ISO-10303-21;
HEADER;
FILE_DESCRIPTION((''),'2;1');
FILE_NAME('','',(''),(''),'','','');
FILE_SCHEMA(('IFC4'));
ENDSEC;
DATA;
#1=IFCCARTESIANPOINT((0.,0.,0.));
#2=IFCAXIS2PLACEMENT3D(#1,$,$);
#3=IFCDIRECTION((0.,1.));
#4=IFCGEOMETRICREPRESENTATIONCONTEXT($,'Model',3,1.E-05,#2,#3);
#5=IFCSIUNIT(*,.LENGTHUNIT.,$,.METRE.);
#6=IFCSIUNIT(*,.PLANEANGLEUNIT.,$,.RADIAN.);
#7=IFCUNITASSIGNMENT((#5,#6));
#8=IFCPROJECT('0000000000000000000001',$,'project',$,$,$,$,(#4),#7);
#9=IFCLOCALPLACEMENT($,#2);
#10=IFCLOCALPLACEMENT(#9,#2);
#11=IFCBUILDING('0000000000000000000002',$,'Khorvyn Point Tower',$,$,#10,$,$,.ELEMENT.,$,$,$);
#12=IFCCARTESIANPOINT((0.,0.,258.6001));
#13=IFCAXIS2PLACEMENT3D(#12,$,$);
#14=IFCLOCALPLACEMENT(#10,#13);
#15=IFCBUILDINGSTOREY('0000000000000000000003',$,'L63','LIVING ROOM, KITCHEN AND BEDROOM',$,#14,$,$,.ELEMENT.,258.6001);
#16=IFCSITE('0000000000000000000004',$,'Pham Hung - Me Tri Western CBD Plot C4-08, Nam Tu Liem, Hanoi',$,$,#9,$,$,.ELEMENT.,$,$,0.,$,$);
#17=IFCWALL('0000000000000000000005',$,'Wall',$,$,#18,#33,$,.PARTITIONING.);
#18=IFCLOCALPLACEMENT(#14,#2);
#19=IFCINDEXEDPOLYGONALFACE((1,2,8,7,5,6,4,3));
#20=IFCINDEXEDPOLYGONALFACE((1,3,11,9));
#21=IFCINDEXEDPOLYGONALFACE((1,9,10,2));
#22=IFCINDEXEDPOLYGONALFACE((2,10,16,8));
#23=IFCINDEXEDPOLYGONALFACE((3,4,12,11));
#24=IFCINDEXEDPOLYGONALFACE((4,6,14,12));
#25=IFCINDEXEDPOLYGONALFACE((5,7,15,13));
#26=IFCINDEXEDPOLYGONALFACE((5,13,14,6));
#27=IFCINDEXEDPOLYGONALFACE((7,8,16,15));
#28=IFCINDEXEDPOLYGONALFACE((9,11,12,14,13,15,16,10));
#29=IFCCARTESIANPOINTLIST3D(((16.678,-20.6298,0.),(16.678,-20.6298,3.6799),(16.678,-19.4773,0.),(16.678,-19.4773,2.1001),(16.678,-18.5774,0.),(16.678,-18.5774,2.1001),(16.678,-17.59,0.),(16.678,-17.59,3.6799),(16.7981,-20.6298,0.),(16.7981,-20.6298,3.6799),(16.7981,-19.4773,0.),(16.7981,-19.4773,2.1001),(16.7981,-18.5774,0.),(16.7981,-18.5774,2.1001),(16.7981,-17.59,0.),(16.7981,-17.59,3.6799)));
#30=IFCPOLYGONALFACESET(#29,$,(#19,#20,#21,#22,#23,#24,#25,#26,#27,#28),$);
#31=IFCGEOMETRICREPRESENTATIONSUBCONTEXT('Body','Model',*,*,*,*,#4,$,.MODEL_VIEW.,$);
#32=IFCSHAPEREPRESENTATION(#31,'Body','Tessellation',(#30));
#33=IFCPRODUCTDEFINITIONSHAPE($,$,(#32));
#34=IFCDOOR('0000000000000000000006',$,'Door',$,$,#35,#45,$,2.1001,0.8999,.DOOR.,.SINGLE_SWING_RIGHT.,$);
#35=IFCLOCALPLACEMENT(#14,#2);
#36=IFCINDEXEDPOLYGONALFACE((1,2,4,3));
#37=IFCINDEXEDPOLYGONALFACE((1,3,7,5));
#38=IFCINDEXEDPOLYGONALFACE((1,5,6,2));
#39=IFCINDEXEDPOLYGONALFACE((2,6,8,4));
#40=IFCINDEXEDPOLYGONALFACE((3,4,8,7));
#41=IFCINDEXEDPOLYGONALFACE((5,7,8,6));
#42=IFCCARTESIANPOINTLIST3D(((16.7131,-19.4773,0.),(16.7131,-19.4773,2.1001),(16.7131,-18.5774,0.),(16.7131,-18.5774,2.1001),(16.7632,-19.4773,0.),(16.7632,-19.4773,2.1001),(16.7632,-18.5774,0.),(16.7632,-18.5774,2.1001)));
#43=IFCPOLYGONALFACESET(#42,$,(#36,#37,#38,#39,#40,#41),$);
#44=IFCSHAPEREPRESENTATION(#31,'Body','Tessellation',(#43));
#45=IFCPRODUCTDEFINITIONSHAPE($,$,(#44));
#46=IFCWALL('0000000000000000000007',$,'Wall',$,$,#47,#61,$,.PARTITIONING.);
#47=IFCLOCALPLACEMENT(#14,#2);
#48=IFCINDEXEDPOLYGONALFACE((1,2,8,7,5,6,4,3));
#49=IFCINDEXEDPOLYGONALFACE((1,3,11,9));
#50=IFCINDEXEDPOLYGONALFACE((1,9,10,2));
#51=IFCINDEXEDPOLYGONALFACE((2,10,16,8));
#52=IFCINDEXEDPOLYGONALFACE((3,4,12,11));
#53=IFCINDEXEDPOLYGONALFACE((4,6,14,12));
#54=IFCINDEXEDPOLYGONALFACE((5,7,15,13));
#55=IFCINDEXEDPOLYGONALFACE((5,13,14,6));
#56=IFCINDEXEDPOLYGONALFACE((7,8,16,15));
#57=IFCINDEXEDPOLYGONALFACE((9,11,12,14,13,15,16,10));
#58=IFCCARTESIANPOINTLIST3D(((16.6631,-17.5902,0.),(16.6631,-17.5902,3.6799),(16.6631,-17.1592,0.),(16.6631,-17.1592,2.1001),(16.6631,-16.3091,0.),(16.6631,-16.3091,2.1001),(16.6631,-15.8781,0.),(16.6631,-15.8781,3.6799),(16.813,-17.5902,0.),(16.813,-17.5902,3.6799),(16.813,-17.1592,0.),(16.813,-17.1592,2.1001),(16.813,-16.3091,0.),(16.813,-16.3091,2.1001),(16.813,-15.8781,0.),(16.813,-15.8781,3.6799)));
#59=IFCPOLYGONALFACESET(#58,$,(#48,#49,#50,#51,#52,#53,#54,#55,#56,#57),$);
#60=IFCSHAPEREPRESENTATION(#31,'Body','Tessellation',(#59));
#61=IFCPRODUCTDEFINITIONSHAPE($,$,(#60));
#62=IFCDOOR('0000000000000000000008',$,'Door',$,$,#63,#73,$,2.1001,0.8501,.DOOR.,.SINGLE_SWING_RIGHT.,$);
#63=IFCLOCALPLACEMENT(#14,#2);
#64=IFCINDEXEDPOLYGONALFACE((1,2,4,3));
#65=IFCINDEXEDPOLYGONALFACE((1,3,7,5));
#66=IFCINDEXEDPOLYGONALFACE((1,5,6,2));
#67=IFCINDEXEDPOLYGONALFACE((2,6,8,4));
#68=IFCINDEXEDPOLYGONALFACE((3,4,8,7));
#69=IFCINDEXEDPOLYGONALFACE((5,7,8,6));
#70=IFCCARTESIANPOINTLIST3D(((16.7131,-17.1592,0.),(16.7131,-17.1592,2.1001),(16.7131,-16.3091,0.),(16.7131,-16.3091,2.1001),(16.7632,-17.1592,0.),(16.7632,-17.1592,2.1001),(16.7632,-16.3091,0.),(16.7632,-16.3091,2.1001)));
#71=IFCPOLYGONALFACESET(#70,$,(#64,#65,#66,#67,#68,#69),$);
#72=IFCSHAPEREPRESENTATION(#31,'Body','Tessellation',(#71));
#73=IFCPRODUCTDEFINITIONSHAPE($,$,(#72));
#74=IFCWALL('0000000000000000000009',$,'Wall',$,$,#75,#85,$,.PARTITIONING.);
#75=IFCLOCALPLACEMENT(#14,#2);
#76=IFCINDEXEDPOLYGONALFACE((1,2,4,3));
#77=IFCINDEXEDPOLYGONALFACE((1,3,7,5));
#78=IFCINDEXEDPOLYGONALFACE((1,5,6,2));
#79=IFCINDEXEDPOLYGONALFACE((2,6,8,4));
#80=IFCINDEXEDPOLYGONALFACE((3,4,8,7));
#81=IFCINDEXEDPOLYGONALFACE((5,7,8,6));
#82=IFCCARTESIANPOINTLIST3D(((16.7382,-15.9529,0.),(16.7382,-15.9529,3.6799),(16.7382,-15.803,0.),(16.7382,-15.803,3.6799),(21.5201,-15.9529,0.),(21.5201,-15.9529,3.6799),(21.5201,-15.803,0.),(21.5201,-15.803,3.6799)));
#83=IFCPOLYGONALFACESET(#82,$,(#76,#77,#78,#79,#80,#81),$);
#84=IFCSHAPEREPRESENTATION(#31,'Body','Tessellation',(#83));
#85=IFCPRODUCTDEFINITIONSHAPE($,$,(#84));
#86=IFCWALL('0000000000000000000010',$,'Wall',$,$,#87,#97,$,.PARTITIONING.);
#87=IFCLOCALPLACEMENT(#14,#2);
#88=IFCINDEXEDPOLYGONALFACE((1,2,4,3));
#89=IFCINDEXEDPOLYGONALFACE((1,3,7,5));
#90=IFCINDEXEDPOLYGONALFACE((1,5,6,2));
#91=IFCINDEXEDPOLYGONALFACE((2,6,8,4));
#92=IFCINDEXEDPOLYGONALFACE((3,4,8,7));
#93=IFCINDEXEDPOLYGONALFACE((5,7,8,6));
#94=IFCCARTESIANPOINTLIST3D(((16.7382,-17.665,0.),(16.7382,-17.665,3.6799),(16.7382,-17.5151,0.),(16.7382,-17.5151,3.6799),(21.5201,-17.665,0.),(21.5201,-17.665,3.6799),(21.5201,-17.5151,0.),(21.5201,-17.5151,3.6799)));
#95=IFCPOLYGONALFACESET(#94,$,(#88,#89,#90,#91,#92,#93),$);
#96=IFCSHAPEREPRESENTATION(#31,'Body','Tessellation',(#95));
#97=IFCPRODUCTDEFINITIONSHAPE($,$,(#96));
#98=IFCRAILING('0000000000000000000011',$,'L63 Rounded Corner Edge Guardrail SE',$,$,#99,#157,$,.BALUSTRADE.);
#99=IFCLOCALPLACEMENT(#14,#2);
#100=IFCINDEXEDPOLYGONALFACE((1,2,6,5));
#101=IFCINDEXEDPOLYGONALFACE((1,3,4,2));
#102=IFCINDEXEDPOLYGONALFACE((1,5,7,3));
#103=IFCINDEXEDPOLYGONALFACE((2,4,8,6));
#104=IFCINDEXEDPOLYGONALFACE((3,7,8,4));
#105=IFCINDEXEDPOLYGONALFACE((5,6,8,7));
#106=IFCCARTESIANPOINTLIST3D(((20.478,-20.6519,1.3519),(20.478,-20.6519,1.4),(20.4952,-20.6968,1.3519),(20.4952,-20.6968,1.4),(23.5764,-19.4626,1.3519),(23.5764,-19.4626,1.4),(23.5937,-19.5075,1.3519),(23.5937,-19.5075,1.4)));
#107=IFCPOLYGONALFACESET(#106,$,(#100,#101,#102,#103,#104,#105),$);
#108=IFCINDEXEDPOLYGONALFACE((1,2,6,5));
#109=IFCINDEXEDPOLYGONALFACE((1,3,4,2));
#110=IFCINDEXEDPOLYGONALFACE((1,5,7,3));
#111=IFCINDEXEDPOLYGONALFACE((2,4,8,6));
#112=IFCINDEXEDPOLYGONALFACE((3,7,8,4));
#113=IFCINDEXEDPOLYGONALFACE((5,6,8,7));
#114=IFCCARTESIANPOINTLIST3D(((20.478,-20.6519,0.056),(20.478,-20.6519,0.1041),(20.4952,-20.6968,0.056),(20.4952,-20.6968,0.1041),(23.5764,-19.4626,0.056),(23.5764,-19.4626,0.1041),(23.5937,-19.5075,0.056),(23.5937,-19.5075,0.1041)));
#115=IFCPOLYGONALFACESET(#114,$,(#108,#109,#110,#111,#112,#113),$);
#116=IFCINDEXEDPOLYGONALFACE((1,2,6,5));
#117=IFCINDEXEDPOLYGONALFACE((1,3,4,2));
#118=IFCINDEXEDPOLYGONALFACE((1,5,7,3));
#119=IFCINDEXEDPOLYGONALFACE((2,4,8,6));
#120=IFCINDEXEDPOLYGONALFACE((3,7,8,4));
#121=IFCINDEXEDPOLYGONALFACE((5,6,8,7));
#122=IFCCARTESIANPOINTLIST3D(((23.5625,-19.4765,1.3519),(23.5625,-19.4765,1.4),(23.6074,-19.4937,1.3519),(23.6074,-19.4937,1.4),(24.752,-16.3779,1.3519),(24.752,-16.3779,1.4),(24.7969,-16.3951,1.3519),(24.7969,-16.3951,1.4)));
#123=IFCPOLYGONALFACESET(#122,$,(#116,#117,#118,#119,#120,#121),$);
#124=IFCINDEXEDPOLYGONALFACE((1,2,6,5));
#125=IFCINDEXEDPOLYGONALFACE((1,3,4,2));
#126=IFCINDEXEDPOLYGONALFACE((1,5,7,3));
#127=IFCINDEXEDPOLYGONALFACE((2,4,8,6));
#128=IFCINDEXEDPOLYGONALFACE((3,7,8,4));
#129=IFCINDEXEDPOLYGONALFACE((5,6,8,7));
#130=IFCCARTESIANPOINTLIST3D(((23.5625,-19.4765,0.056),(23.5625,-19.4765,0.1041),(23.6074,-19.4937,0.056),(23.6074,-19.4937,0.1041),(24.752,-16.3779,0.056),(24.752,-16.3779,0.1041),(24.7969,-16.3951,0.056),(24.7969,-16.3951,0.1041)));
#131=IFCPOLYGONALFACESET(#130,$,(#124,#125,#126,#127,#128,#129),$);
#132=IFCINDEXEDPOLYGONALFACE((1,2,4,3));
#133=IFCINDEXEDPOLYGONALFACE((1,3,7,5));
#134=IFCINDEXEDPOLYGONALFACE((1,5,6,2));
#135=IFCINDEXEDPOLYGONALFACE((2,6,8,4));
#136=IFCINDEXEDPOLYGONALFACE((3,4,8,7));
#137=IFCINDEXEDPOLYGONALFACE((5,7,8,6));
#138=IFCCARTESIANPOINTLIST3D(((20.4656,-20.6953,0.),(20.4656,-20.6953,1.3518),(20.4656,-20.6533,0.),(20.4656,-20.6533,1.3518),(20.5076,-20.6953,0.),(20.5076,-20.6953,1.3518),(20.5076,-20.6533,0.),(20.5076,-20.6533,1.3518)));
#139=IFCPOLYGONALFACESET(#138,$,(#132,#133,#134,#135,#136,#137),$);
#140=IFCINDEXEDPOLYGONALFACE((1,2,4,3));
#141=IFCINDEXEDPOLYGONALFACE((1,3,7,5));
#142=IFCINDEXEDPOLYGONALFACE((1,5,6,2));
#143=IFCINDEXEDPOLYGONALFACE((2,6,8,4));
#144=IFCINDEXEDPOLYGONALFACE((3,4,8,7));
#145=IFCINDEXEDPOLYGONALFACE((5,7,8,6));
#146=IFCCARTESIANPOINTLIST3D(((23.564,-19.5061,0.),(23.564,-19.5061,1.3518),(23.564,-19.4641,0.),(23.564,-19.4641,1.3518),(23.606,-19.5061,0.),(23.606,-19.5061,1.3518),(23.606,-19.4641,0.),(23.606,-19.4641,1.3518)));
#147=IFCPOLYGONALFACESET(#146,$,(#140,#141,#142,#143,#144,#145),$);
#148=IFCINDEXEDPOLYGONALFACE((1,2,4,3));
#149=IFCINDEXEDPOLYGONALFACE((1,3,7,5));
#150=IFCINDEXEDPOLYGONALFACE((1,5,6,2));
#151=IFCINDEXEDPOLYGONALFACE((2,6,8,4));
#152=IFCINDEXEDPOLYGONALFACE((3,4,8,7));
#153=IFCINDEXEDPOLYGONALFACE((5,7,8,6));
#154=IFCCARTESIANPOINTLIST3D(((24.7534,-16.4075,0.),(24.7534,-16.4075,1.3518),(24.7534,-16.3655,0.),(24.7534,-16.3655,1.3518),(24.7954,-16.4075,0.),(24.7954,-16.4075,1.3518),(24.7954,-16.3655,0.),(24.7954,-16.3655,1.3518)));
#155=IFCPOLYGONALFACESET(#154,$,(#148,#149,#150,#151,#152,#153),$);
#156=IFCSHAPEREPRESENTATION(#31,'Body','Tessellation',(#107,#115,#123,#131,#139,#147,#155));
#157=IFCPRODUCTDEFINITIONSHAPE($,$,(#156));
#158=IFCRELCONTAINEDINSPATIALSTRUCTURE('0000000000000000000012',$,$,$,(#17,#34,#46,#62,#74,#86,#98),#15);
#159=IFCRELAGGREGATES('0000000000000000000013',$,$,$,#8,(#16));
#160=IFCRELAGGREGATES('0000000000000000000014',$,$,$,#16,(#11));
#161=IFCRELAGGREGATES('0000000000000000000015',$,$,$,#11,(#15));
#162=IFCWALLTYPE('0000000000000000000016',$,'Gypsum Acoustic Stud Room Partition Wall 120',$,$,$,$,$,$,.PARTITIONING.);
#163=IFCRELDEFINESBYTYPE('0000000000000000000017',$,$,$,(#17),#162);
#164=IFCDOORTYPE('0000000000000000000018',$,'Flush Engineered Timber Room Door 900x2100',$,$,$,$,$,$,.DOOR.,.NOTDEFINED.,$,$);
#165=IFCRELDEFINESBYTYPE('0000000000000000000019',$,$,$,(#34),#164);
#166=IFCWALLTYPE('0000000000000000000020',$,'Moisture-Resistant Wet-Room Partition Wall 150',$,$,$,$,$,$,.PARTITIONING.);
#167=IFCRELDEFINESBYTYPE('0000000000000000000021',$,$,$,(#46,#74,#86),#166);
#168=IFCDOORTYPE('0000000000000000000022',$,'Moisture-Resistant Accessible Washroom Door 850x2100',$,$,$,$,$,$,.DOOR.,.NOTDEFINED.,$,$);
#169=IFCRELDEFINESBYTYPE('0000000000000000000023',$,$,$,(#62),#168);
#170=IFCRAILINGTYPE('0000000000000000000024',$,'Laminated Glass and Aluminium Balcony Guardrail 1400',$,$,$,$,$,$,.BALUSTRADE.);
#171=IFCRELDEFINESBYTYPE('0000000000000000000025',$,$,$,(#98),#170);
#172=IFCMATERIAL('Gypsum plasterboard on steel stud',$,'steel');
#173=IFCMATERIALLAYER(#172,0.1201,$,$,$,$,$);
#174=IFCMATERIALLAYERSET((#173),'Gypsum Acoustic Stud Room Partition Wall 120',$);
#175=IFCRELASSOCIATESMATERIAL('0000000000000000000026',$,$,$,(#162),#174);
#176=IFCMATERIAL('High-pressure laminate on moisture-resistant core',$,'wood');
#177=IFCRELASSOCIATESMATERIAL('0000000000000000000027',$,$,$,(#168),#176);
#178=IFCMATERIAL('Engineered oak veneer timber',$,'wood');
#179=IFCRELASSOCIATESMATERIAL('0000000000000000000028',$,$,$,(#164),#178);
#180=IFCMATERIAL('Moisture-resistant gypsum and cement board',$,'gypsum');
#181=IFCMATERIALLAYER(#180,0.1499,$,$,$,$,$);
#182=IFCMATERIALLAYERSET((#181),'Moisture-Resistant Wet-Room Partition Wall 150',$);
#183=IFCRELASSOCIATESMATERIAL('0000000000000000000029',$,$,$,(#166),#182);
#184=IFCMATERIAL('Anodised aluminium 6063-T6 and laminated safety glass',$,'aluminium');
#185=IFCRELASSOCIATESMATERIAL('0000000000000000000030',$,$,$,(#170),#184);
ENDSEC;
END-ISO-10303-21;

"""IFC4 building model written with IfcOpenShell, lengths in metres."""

from ifc_helpers import new_model, si_unit, direction, frame, frame_2d, origin, origin_2d, place, context, subcontext, project, spatial, rectangle, extrude, material, layer, layer_set, type_object, element, fill, save


model = new_model("IFC4")

# Units and contexts
model_context = context("Model", 3, precision=1e-05, world=origin(), true_north=direction((0.0, 1.0)))
body_context = subcontext(model_context, "Body", "Model", "MODEL_VIEW")
ifc_project = project(units=[si_unit("LENGTHUNIT", "METRE"), si_unit("PLANEANGLEUNIT", "RADIAN")], contexts=[model_context])

# Site, building, storey
site_placement = place(None, origin())
site = spatial("IfcSite", under=ifc_project, at=site_placement, Name="Pham Hung - Me Tri Western CBD Plot C4-08, Nam Tu Liem, Hanoi", CompositionType="ELEMENT", RefElevation=0.0)
building_placement = place(site_placement, origin())
building = spatial("IfcBuilding", under=site, at=building_placement, Name="Khorvyn Point Tower", CompositionType="ELEMENT")
storey_placement = place(building_placement, frame((0.0, 0.0, 258.6001)))
storey = spatial("IfcBuildingStorey", under=building, at=storey_placement, Name="L63", Description="LIVING ROOM, KITCHEN AND BEDROOM", CompositionType="ELEMENT", Elevation=258.6001)

# Walls, openings, doors
ifc_material_1 = material(Name="Gypsum plasterboard on steel stud", Category="steel")
ifc_layer_1 = layer(ifc_material_1, 0.1201)
ifc_layer_set_1 = layer_set([ifc_layer_1], Name="Gypsum Acoustic Stud Room Partition Wall 120")
wall_type_1 = type_object("IfcWallType", Name="Gypsum Acoustic Stud Room Partition Wall 120", PredefinedType="PARTITIONING", material=ifc_layer_set_1)
ifc_material_2 = material(Name="High-pressure laminate on moisture-resistant core", Category="wood")
door_type_1 = type_object("IfcDoorType", Name="Moisture-Resistant Accessible Washroom Door 850x2100", OperationType="NOTDEFINED", PredefinedType="DOOR", material=ifc_material_2)
wall_1_placement = place(storey_placement, frame((16.738, -20.6299, 0.0), z_axis=(0.0, 0.0, 1.0), x_axis=(0.0, 1.0, 0.0)))
wall_1 = element("IfcWall", 1, at=wall_1_placement, inside=storey, type_object=wall_type_1, Name="Wall", PredefinedType="PARTITIONING", context=body_context, shape_type="SweptSolid", body=[
    extrude(rectangle(XDim=3.0398, YDim=0.1201, at=frame_2d((1.52, 0.0))), origin(), (0.0, 0.0, 1.0), 3.6799),
])
opening_1_placement = place(wall_1_placement, frame((1.1526, 0.0, 0.0)))
opening_1 = element("IfcOpeningElement", 2, at=opening_1_placement, cuts=wall_1, PredefinedType="OPENING", context=body_context, shape_type="SweptSolid", body=[
    extrude(rectangle(XDim=0.8999, YDim=2.1001, at=frame_2d((0.45, 1.05))), frame((0.0, 0.0701, 0.0), z_axis=(0.0, -1.0, 0.0), x_axis=(1.0, 0.0, 0.0)), (0.0, 0.0, 1.0), 0.1401),
])
ifc_material_3 = material(Name="Engineered oak veneer timber", Category="wood")
door_type_2 = type_object("IfcDoorType", Name="Flush Engineered Timber Room Door 900x2100", OperationType="NOTDEFINED", PredefinedType="DOOR", material=ifc_material_3)
door_1_placement = place(opening_1_placement, origin())
door_1 = element("IfcDoor", 3, at=door_1_placement, inside=storey, type_object=door_type_2, Name="Door", OperationType="SINGLE_SWING_RIGHT", OverallHeight=2.1001, OverallWidth=0.8999, PredefinedType="DOOR", context=body_context, shape_type="SweptSolid", body=[
    extrude(rectangle(XDim=0.8999, YDim=2.1001, at=frame_2d((0.45, 1.05))), frame((0.0, 0.0249, 0.0), z_axis=(0.0, -1.0, 0.0), x_axis=(1.0, 0.0, 0.0)), (0.0, 0.0, 1.0), 0.05),
])
fill(opening_1, door_1)
ifc_material_4 = material(Name="Moisture-resistant gypsum and cement board", Category="gypsum")
ifc_layer_2 = layer(ifc_material_4, 0.1499)
ifc_layer_set_2 = layer_set([ifc_layer_2], Name="Moisture-Resistant Wet-Room Partition Wall 150")
wall_type_2 = type_object("IfcWallType", Name="Moisture-Resistant Wet-Room Partition Wall 150", PredefinedType="PARTITIONING", material=ifc_layer_set_2)
wall_2_placement = place(storey_placement, frame((16.738, -17.5901, 0.0), z_axis=(0.0, 0.0, 1.0), x_axis=(0.0, 1.0, 0.0)))
wall_2 = element("IfcWall", 4, at=wall_2_placement, inside=storey, type_object=wall_type_2, Name="Wall", PredefinedType="PARTITIONING", context=body_context, shape_type="SweptSolid", body=[
    extrude(rectangle(XDim=1.7122, YDim=0.1499, at=frame_2d((0.856, 0.0))), origin(), (0.0, 0.0, 1.0), 3.6799),
])
opening_2_placement = place(wall_2_placement, frame((0.4309, 0.0, 0.0)))
opening_2 = element("IfcOpeningElement", 5, at=opening_2_placement, cuts=wall_2, PredefinedType="OPENING", context=body_context, shape_type="SweptSolid", body=[
    extrude(rectangle(XDim=0.8501, YDim=2.1001, at=frame_2d((0.425, 1.05))), frame((0.0, 0.085, 0.0), z_axis=(0.0, -1.0, 0.0), x_axis=(1.0, 0.0, 0.0)), (0.0, 0.0, 1.0), 0.1699),
])
door_2_placement = place(opening_2_placement, origin())
door_2 = element("IfcDoor", 6, at=door_2_placement, inside=storey, type_object=door_type_1, Name="Door", OperationType="SINGLE_SWING_RIGHT", OverallHeight=2.1001, OverallWidth=0.8501, PredefinedType="DOOR", context=body_context, shape_type="SweptSolid", body=[
    extrude(rectangle(XDim=0.8501, YDim=2.1001, at=frame_2d((0.425, 1.05))), frame((0.0, 0.0249, 0.0), z_axis=(0.0, -1.0, 0.0), x_axis=(1.0, 0.0, 0.0)), (0.0, 0.0, 1.0), 0.05),
])
fill(opening_2, door_2)

# Walls
for number, where, z_axis, x_axis, name in (
    (7, (16.738, -15.8779, 0.0), (0.0, 0.0, 1.0), (1.0, 0.0, 0.0), "Wall"),
    (8, (16.738, -17.5901, 0.0), (0.0, 0.0, 1.0), (1.0, 0.0, 0.0), "Wall"),
):
    element("IfcWall", number, at=place(storey_placement, frame(where, z_axis=z_axis, x_axis=x_axis)), inside=storey, type_object=wall_type_2, Name=name, PredefinedType="PARTITIONING", context=body_context, shape_type="SweptSolid", body=[
        extrude(rectangle(XDim=4.782, YDim=0.1499, at=frame_2d((2.3911, 0.0))), origin(), (0.0, 0.0, 1.0), 3.6799),
    ])

# Railing
ifc_material_5 = material(Name="Anodised aluminium 6063-T6 and laminated safety glass", Category="aluminium")
railing_type = type_object("IfcRailingType", Name="Laminated Glass and Aluminium Balcony Guardrail 1400", PredefinedType="BALUSTRADE", material=ifc_material_5)
railing_placement = place(storey_placement, frame((20.4866, -20.6743, 0.0)))
element("IfcRailing", 9, at=railing_placement, inside=storey, type_object=railing_type, Name="L63 Rounded Corner Edge Guardrail SE", PredefinedType="BALUSTRADE", context=body_context, shape_type="SweptSolid", body=[
    extrude(rectangle(XDim=0.0481, YDim=0.0481, at=origin_2d()), frame((0.0, 0.0, 1.376), z_axis=(0.933596, 0.358328, 0.0), x_axis=(-0.358328, 0.933596, 0.0)), (0.0, 0.0, 1.0), 3.3188),
    extrude(rectangle(XDim=0.0481, YDim=0.0481, at=origin_2d()), frame((0.0, 0.0, 0.0801), z_axis=(0.933596, 0.358328, 0.0), x_axis=(-0.358328, 0.933596, 0.0)), (0.0, 0.0, 1.0), 3.3188),
    extrude(rectangle(XDim=0.0481, YDim=0.0481, at=origin_2d()), frame((3.0984, 1.1892, 1.376), z_axis=(0.358368, 0.93358, 0.0), x_axis=(-0.93358, 0.358368, 0.0)), (0.0, 0.0, 1.0), 3.3191),
    extrude(rectangle(XDim=0.0481, YDim=0.0481, at=origin_2d()), frame((3.0984, 1.1892, 0.0801), z_axis=(0.358368, 0.93358, 0.0), x_axis=(-0.93358, 0.358368, 0.0)), (0.0, 0.0, 1.0), 3.3191),
    extrude(rectangle(XDim=0.042, YDim=0.042, at=origin_2d()), origin(), (0.0, 0.0, 1.0), 1.3518),
    extrude(rectangle(XDim=0.042, YDim=0.042, at=origin_2d()), frame((3.0984, 1.1892, 0.0)), (0.0, 0.0, 1.0), 1.3518),
    extrude(rectangle(XDim=0.042, YDim=0.042, at=origin_2d()), frame((4.2878, 4.2878, 0.0)), (0.0, 0.0, 1.0), 1.3518),
])

save(model, "model.ifc")
